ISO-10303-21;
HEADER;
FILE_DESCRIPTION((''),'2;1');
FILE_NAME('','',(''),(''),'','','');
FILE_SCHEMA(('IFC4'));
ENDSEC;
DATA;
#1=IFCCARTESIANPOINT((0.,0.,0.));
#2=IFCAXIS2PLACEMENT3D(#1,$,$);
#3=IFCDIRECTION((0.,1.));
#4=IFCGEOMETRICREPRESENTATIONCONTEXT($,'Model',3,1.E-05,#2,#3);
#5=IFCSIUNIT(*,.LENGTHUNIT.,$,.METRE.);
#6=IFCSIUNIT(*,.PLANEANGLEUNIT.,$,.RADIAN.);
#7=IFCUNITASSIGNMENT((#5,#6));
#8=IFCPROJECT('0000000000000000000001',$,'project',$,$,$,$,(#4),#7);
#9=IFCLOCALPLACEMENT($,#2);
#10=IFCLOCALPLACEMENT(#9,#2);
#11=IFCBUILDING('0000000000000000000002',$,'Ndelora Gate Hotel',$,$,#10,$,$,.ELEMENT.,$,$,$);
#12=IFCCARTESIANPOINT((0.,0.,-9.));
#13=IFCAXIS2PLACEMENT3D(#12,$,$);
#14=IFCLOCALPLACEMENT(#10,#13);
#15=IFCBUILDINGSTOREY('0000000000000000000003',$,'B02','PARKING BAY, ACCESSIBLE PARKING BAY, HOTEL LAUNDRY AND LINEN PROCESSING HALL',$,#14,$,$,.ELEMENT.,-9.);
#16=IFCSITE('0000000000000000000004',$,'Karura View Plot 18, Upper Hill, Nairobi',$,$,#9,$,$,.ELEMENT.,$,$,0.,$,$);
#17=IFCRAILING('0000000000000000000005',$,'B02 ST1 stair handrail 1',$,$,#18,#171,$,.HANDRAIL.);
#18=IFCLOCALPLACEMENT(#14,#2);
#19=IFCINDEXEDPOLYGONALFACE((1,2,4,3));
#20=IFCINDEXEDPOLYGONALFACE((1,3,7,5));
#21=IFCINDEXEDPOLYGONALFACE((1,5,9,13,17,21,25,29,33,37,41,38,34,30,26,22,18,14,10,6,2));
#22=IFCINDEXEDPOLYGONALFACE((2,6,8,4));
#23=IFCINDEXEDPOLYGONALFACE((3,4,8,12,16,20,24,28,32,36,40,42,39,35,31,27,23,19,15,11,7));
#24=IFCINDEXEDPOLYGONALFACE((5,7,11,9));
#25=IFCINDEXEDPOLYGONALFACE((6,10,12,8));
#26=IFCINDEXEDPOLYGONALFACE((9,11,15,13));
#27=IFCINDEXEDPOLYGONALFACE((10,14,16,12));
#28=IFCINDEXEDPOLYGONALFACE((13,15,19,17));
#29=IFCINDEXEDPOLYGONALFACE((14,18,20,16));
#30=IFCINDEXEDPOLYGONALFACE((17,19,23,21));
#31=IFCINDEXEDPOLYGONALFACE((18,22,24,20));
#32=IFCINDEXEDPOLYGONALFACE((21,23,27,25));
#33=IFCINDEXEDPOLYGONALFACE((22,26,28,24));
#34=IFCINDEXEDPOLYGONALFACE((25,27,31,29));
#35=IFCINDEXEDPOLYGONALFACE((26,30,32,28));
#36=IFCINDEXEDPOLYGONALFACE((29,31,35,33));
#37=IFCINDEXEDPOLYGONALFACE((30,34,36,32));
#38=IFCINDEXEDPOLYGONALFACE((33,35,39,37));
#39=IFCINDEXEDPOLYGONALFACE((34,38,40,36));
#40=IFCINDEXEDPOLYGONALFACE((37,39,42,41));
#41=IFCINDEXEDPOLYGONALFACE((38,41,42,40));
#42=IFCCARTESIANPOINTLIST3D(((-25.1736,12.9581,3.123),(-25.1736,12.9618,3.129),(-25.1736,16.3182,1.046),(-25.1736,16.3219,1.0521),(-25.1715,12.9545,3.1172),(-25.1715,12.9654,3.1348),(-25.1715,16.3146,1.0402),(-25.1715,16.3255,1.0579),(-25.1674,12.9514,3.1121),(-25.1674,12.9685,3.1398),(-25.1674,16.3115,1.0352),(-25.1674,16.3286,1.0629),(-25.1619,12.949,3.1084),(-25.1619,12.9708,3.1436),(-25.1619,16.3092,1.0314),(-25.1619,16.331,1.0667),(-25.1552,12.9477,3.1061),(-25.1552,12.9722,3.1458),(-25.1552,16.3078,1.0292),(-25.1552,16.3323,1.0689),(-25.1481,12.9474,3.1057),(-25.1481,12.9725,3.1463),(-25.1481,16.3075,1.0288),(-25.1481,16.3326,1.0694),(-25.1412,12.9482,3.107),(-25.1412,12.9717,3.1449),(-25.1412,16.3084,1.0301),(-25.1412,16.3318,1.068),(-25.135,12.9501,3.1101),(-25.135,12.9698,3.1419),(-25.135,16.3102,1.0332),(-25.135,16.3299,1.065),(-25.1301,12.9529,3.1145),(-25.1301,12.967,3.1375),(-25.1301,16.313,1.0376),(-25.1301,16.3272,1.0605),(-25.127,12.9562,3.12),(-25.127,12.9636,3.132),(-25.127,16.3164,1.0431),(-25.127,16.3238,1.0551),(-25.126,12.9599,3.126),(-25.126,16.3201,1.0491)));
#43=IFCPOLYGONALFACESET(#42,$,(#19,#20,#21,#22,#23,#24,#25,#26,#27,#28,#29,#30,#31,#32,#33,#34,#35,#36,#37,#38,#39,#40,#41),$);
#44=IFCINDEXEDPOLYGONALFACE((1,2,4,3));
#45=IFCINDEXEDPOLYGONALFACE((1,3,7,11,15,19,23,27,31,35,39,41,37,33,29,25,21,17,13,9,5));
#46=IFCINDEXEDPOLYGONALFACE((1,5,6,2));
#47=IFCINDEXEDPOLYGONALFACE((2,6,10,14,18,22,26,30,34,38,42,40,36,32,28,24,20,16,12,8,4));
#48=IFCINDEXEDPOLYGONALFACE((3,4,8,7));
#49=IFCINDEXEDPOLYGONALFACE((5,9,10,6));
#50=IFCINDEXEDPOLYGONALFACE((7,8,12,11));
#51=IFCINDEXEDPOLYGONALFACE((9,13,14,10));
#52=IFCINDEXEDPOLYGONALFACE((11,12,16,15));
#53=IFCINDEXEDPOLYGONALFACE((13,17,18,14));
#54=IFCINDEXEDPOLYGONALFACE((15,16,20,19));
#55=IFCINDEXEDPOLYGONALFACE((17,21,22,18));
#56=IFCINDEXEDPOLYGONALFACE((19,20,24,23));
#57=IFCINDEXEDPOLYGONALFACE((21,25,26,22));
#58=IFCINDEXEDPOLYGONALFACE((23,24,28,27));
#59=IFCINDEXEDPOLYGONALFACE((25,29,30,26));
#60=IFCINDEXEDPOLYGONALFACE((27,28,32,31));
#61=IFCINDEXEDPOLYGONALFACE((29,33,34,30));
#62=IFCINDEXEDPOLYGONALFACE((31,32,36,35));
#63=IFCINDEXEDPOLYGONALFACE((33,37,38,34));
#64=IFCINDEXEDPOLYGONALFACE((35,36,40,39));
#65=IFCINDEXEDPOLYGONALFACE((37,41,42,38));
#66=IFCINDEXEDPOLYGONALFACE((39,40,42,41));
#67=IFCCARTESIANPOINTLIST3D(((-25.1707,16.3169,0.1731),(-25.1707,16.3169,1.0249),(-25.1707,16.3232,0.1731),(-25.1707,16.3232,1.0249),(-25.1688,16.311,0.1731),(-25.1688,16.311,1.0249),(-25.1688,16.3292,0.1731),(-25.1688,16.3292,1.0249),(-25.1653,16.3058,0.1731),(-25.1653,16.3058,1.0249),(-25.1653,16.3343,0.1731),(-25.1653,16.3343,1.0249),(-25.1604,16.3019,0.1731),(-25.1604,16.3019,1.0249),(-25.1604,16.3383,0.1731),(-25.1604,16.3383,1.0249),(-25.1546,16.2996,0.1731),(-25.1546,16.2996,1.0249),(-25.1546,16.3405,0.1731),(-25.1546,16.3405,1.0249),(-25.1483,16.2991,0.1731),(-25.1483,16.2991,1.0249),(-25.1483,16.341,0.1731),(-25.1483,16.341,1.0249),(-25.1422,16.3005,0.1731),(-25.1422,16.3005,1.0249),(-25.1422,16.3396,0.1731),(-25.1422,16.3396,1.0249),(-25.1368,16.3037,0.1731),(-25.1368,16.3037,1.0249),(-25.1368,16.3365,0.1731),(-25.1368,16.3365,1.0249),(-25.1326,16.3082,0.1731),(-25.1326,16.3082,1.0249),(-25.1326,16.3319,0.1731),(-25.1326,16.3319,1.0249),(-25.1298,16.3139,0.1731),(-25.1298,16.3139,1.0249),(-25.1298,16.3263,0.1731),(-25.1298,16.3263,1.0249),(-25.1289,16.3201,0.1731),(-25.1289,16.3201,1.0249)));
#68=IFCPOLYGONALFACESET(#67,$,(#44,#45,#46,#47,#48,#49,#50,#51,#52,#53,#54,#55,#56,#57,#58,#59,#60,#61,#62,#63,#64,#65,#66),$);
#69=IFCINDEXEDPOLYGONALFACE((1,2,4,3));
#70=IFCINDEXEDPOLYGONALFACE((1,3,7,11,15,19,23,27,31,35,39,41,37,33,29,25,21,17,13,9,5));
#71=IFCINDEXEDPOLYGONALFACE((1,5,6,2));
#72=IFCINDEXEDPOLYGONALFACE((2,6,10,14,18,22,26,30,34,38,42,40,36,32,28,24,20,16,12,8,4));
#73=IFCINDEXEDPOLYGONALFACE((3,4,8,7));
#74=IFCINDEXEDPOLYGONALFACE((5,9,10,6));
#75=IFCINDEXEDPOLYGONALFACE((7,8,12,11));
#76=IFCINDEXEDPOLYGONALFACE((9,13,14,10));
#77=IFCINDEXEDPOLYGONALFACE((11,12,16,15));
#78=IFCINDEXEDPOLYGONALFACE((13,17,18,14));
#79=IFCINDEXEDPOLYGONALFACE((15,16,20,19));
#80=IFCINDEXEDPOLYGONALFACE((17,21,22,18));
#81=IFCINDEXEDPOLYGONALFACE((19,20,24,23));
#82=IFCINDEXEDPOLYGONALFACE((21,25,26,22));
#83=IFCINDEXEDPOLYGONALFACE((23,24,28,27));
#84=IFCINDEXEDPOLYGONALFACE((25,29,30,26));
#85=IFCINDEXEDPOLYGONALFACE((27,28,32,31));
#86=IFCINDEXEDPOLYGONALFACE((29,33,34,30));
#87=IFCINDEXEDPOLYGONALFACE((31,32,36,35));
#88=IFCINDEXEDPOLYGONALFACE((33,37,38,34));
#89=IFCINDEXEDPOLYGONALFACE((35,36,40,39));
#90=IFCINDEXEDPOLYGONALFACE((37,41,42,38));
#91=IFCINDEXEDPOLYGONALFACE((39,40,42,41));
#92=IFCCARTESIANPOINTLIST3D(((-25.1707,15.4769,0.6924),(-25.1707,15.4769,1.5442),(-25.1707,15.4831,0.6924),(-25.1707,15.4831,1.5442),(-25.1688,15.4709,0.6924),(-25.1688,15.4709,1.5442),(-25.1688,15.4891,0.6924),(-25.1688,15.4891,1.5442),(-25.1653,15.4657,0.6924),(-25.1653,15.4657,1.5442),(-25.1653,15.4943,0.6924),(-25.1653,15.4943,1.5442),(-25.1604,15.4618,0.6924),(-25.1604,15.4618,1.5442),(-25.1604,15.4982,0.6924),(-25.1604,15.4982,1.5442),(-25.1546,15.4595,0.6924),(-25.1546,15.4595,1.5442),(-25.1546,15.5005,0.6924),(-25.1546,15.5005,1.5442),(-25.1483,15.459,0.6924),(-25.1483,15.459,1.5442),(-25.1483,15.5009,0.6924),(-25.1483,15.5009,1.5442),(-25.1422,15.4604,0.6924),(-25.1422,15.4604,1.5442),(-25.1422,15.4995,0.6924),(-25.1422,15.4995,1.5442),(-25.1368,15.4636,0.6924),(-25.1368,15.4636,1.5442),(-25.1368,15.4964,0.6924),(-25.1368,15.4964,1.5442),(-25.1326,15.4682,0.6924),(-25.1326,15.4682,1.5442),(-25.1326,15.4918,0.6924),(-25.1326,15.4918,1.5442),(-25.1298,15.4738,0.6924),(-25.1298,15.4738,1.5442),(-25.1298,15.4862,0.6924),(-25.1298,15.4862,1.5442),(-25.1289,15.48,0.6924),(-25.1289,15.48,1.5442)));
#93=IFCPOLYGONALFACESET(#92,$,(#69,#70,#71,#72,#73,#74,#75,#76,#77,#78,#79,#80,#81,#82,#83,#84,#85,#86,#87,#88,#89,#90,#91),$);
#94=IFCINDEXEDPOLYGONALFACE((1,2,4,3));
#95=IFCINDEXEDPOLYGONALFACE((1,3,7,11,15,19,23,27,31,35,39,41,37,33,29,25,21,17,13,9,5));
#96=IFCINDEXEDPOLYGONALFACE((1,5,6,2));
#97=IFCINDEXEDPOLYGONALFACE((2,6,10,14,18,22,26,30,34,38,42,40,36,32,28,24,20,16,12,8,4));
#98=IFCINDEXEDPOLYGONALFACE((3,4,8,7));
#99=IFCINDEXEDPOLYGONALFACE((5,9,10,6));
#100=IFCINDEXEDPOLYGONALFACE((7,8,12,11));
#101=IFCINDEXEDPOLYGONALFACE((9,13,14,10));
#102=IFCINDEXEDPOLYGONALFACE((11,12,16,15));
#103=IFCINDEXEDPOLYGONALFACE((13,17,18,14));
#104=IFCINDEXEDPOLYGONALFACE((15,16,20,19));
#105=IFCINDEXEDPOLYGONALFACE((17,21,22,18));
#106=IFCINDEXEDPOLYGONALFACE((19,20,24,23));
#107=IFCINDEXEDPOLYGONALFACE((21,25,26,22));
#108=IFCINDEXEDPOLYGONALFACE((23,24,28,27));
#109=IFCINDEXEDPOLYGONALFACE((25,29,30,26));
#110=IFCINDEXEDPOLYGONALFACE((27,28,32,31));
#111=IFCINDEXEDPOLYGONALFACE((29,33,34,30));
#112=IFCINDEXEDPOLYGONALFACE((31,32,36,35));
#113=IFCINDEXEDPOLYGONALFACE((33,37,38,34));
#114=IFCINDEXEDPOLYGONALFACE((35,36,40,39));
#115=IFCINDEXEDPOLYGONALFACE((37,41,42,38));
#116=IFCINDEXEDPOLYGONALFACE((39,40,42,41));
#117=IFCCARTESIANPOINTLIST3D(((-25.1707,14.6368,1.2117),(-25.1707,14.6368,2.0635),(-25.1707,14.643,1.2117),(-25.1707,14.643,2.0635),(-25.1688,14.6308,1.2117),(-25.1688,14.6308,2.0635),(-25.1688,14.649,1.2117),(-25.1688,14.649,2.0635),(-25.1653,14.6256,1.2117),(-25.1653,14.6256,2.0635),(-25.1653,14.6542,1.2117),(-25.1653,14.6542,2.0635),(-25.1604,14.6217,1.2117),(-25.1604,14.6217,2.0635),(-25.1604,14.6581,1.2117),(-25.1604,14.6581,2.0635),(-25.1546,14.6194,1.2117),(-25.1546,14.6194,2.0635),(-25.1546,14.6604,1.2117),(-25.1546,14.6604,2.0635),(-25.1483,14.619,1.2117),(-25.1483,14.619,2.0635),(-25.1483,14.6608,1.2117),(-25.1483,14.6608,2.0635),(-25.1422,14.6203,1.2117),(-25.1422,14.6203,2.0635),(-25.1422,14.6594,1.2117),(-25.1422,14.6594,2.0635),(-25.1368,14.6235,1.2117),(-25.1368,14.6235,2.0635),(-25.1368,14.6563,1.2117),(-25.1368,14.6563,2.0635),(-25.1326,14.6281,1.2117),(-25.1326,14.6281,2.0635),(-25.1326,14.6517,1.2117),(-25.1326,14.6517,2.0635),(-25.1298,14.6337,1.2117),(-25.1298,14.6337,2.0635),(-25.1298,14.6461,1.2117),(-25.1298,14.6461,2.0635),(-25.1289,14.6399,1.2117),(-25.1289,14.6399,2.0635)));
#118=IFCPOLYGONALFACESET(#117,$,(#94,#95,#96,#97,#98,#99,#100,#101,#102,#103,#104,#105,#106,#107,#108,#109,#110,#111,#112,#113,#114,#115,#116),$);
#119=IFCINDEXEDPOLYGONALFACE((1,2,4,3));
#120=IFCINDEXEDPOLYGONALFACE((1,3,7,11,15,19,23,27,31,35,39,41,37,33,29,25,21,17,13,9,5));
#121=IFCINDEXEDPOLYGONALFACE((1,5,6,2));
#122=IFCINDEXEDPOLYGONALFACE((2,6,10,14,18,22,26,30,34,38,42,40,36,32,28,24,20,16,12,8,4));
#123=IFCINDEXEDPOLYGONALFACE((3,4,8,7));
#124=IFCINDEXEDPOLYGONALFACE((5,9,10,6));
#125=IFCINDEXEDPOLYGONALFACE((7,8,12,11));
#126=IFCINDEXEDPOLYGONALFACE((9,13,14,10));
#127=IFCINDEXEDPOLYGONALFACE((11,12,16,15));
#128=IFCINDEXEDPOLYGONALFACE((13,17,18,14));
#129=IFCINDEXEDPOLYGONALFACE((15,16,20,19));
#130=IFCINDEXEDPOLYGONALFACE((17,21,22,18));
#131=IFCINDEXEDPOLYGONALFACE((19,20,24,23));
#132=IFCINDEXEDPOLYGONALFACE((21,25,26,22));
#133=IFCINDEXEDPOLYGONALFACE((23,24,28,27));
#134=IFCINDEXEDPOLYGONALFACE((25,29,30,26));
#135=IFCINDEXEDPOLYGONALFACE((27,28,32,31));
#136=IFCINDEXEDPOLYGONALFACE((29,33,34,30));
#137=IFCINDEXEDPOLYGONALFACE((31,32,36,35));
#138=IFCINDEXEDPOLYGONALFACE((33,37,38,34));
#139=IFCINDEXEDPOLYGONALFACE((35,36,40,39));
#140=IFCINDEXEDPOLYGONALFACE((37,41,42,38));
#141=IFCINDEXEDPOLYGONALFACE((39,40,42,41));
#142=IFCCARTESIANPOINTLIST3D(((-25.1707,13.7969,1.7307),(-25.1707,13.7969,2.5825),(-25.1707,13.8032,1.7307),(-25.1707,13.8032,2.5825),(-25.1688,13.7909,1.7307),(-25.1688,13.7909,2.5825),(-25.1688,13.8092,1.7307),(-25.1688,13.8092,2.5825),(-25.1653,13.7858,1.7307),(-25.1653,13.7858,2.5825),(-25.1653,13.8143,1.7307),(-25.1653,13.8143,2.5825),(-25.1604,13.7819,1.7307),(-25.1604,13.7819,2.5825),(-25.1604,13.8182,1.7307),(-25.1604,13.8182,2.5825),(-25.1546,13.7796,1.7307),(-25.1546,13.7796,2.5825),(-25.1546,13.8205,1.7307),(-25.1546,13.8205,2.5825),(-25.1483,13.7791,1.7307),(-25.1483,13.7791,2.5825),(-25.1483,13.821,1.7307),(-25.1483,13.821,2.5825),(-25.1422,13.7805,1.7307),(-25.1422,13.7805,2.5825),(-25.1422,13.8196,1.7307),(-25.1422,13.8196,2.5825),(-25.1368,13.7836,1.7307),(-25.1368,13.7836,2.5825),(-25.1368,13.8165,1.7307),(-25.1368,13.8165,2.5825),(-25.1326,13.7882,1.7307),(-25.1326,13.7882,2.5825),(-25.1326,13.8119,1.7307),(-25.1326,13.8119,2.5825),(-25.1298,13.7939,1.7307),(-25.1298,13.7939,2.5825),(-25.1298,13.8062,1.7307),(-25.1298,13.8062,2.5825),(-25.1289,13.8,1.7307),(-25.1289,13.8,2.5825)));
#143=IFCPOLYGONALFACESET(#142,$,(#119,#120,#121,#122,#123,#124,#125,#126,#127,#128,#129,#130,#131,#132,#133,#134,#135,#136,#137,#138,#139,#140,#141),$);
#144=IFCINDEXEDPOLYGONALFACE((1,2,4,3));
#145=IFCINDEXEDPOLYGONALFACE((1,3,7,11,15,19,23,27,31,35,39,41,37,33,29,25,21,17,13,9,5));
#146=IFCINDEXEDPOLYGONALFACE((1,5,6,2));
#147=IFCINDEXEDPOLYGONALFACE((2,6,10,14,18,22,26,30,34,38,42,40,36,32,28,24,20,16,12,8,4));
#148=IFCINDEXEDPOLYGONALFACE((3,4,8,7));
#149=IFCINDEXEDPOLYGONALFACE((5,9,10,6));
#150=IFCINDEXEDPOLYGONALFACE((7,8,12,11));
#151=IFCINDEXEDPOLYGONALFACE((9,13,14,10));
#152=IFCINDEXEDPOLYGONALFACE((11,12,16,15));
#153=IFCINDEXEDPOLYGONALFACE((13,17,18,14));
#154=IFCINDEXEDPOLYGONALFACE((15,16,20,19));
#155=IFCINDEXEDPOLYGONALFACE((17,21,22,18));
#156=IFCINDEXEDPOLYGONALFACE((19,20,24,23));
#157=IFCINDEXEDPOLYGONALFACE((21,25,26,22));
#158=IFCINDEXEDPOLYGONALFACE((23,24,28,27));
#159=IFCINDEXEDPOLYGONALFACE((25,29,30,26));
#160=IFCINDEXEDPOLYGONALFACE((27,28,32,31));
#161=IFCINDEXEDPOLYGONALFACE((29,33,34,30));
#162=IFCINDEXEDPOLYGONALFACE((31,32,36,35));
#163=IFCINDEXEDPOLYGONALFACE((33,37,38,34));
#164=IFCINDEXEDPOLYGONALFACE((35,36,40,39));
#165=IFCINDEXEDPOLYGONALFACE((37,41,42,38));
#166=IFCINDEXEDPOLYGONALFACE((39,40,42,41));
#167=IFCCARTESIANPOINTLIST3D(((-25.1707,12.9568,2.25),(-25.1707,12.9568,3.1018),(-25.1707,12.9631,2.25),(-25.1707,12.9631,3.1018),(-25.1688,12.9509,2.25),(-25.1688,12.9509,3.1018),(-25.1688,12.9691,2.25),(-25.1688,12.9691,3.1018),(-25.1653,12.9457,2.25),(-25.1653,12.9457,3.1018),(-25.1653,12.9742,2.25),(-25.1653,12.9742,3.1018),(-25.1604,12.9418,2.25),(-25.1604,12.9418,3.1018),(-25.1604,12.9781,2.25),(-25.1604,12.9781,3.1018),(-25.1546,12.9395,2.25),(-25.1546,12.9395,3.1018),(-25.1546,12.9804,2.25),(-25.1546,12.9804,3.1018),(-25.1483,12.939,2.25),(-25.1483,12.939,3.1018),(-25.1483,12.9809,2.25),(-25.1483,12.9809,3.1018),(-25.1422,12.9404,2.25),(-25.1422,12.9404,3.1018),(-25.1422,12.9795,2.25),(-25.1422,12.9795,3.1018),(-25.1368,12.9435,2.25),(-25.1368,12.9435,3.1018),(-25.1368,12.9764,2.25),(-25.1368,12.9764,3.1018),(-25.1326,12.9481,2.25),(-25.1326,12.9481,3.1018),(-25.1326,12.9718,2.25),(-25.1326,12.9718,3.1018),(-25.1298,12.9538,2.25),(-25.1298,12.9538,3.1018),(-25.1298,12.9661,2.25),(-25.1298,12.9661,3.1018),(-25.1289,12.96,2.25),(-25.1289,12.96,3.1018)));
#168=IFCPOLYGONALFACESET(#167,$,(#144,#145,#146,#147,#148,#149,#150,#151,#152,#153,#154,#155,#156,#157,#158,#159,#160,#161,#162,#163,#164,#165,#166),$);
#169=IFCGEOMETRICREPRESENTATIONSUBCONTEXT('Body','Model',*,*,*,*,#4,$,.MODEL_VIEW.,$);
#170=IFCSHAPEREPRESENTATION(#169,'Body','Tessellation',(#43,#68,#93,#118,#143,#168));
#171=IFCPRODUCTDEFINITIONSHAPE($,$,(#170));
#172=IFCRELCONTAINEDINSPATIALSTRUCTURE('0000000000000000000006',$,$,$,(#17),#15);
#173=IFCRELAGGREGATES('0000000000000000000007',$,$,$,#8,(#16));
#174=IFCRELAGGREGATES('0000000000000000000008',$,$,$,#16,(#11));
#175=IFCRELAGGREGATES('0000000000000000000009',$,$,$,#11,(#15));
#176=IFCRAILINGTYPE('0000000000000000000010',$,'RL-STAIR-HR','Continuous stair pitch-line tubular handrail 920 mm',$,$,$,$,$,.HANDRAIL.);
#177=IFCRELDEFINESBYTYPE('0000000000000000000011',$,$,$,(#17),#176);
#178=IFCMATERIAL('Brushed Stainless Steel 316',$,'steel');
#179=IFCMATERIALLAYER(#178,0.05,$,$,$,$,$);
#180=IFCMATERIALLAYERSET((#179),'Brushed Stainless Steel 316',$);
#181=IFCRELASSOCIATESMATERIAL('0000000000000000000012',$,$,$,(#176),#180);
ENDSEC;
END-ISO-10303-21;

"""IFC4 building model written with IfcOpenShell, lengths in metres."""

from ifc_helpers import new_model, si_unit, direction, frame, origin, origin_2d, place, context, subcontext, project, spatial, circle, extrude, material, layer, layer_set, type_object, element, save


model = new_model("IFC4")

# Units and contexts
model_context = context("Model", 3, precision=1e-05, world=origin(), true_north=direction((0.0, 1.0)))
body_context = subcontext(model_context, "Body", "Model", "MODEL_VIEW")
ifc_project = project(units=[si_unit("LENGTHUNIT", "METRE"), si_unit("PLANEANGLEUNIT", "RADIAN")], contexts=[model_context])

# Site, building, storey
site_placement = place(None, origin())
site = spatial("IfcSite", under=ifc_project, at=site_placement, Name="Karura View Plot 18, Upper Hill, Nairobi", CompositionType="ELEMENT", RefElevation=0.0)
building_placement = place(site_placement, origin())
building = spatial("IfcBuilding", under=site, at=building_placement, Name="Ndelora Gate Hotel", CompositionType="ELEMENT")
storey_placement = place(building_placement, frame((0.0, 0.0, -9.0)))
storey = spatial("IfcBuildingStorey", under=building, at=storey_placement, Name="B02", Description="PARKING BAY, ACCESSIBLE PARKING BAY, HOTEL LAUNDRY AND LINEN PROCESSING HALL", CompositionType="ELEMENT", Elevation=-9.0)

# Railing
ifc_material_1 = material(Name="Brushed Stainless Steel 316", Category="steel")
ifc_layer_1 = layer(ifc_material_1, 0.05)
ifc_layer_set_1 = layer_set([ifc_layer_1], Name="Brushed Stainless Steel 316")
railing_type_1 = type_object("IfcRailingType", Name="RL-STAIR-HR", Description="Continuous stair pitch-line tubular handrail 920 mm", PredefinedType="HANDRAIL", material=ifc_layer_set_1)
railing_1_placement = place(storey_placement, frame((-25.1499, 16.3201, 0.1731)))
element("IfcRailing", 1, at=railing_1_placement, inside=storey, type_object=railing_type_1, Name="B02 ST1 stair handrail 1", PredefinedType="HANDRAIL", context=body_context, shape_type="SweptSolid", body=[
    extrude(circle(Radius=0.0239, at=origin_2d()), frame((0.0, 0.0, 0.876), z_axis=(0.0, -0.850623, 0.525776), x_axis=(1.0, 0.0, 0.0)), (0.0, 0.0, 1.0), 3.9502),
    extrude(circle(Radius=0.021, at=origin_2d()), origin(), (0.0, 0.0, 1.0), 0.8518),
    extrude(circle(Radius=0.021, at=origin_2d()), frame((0.0, -0.8401, 0.5193)), (0.0, 0.0, 1.0), 0.8518),
    extrude(circle(Radius=0.021, at=origin_2d()), frame((0.0, -1.6802, 1.0386)), (0.0, 0.0, 1.0), 0.8518),
    extrude(circle(Radius=0.021, at=origin_2d()), frame((0.0, -2.52, 1.5576)), (0.0, 0.0, 1.0), 0.8518),
    extrude(circle(Radius=0.021, at=origin_2d()), frame((0.0, -3.3601, 2.0769)), (0.0, 0.0, 1.0), 0.8518),
])

save(model, "model.ifc")
